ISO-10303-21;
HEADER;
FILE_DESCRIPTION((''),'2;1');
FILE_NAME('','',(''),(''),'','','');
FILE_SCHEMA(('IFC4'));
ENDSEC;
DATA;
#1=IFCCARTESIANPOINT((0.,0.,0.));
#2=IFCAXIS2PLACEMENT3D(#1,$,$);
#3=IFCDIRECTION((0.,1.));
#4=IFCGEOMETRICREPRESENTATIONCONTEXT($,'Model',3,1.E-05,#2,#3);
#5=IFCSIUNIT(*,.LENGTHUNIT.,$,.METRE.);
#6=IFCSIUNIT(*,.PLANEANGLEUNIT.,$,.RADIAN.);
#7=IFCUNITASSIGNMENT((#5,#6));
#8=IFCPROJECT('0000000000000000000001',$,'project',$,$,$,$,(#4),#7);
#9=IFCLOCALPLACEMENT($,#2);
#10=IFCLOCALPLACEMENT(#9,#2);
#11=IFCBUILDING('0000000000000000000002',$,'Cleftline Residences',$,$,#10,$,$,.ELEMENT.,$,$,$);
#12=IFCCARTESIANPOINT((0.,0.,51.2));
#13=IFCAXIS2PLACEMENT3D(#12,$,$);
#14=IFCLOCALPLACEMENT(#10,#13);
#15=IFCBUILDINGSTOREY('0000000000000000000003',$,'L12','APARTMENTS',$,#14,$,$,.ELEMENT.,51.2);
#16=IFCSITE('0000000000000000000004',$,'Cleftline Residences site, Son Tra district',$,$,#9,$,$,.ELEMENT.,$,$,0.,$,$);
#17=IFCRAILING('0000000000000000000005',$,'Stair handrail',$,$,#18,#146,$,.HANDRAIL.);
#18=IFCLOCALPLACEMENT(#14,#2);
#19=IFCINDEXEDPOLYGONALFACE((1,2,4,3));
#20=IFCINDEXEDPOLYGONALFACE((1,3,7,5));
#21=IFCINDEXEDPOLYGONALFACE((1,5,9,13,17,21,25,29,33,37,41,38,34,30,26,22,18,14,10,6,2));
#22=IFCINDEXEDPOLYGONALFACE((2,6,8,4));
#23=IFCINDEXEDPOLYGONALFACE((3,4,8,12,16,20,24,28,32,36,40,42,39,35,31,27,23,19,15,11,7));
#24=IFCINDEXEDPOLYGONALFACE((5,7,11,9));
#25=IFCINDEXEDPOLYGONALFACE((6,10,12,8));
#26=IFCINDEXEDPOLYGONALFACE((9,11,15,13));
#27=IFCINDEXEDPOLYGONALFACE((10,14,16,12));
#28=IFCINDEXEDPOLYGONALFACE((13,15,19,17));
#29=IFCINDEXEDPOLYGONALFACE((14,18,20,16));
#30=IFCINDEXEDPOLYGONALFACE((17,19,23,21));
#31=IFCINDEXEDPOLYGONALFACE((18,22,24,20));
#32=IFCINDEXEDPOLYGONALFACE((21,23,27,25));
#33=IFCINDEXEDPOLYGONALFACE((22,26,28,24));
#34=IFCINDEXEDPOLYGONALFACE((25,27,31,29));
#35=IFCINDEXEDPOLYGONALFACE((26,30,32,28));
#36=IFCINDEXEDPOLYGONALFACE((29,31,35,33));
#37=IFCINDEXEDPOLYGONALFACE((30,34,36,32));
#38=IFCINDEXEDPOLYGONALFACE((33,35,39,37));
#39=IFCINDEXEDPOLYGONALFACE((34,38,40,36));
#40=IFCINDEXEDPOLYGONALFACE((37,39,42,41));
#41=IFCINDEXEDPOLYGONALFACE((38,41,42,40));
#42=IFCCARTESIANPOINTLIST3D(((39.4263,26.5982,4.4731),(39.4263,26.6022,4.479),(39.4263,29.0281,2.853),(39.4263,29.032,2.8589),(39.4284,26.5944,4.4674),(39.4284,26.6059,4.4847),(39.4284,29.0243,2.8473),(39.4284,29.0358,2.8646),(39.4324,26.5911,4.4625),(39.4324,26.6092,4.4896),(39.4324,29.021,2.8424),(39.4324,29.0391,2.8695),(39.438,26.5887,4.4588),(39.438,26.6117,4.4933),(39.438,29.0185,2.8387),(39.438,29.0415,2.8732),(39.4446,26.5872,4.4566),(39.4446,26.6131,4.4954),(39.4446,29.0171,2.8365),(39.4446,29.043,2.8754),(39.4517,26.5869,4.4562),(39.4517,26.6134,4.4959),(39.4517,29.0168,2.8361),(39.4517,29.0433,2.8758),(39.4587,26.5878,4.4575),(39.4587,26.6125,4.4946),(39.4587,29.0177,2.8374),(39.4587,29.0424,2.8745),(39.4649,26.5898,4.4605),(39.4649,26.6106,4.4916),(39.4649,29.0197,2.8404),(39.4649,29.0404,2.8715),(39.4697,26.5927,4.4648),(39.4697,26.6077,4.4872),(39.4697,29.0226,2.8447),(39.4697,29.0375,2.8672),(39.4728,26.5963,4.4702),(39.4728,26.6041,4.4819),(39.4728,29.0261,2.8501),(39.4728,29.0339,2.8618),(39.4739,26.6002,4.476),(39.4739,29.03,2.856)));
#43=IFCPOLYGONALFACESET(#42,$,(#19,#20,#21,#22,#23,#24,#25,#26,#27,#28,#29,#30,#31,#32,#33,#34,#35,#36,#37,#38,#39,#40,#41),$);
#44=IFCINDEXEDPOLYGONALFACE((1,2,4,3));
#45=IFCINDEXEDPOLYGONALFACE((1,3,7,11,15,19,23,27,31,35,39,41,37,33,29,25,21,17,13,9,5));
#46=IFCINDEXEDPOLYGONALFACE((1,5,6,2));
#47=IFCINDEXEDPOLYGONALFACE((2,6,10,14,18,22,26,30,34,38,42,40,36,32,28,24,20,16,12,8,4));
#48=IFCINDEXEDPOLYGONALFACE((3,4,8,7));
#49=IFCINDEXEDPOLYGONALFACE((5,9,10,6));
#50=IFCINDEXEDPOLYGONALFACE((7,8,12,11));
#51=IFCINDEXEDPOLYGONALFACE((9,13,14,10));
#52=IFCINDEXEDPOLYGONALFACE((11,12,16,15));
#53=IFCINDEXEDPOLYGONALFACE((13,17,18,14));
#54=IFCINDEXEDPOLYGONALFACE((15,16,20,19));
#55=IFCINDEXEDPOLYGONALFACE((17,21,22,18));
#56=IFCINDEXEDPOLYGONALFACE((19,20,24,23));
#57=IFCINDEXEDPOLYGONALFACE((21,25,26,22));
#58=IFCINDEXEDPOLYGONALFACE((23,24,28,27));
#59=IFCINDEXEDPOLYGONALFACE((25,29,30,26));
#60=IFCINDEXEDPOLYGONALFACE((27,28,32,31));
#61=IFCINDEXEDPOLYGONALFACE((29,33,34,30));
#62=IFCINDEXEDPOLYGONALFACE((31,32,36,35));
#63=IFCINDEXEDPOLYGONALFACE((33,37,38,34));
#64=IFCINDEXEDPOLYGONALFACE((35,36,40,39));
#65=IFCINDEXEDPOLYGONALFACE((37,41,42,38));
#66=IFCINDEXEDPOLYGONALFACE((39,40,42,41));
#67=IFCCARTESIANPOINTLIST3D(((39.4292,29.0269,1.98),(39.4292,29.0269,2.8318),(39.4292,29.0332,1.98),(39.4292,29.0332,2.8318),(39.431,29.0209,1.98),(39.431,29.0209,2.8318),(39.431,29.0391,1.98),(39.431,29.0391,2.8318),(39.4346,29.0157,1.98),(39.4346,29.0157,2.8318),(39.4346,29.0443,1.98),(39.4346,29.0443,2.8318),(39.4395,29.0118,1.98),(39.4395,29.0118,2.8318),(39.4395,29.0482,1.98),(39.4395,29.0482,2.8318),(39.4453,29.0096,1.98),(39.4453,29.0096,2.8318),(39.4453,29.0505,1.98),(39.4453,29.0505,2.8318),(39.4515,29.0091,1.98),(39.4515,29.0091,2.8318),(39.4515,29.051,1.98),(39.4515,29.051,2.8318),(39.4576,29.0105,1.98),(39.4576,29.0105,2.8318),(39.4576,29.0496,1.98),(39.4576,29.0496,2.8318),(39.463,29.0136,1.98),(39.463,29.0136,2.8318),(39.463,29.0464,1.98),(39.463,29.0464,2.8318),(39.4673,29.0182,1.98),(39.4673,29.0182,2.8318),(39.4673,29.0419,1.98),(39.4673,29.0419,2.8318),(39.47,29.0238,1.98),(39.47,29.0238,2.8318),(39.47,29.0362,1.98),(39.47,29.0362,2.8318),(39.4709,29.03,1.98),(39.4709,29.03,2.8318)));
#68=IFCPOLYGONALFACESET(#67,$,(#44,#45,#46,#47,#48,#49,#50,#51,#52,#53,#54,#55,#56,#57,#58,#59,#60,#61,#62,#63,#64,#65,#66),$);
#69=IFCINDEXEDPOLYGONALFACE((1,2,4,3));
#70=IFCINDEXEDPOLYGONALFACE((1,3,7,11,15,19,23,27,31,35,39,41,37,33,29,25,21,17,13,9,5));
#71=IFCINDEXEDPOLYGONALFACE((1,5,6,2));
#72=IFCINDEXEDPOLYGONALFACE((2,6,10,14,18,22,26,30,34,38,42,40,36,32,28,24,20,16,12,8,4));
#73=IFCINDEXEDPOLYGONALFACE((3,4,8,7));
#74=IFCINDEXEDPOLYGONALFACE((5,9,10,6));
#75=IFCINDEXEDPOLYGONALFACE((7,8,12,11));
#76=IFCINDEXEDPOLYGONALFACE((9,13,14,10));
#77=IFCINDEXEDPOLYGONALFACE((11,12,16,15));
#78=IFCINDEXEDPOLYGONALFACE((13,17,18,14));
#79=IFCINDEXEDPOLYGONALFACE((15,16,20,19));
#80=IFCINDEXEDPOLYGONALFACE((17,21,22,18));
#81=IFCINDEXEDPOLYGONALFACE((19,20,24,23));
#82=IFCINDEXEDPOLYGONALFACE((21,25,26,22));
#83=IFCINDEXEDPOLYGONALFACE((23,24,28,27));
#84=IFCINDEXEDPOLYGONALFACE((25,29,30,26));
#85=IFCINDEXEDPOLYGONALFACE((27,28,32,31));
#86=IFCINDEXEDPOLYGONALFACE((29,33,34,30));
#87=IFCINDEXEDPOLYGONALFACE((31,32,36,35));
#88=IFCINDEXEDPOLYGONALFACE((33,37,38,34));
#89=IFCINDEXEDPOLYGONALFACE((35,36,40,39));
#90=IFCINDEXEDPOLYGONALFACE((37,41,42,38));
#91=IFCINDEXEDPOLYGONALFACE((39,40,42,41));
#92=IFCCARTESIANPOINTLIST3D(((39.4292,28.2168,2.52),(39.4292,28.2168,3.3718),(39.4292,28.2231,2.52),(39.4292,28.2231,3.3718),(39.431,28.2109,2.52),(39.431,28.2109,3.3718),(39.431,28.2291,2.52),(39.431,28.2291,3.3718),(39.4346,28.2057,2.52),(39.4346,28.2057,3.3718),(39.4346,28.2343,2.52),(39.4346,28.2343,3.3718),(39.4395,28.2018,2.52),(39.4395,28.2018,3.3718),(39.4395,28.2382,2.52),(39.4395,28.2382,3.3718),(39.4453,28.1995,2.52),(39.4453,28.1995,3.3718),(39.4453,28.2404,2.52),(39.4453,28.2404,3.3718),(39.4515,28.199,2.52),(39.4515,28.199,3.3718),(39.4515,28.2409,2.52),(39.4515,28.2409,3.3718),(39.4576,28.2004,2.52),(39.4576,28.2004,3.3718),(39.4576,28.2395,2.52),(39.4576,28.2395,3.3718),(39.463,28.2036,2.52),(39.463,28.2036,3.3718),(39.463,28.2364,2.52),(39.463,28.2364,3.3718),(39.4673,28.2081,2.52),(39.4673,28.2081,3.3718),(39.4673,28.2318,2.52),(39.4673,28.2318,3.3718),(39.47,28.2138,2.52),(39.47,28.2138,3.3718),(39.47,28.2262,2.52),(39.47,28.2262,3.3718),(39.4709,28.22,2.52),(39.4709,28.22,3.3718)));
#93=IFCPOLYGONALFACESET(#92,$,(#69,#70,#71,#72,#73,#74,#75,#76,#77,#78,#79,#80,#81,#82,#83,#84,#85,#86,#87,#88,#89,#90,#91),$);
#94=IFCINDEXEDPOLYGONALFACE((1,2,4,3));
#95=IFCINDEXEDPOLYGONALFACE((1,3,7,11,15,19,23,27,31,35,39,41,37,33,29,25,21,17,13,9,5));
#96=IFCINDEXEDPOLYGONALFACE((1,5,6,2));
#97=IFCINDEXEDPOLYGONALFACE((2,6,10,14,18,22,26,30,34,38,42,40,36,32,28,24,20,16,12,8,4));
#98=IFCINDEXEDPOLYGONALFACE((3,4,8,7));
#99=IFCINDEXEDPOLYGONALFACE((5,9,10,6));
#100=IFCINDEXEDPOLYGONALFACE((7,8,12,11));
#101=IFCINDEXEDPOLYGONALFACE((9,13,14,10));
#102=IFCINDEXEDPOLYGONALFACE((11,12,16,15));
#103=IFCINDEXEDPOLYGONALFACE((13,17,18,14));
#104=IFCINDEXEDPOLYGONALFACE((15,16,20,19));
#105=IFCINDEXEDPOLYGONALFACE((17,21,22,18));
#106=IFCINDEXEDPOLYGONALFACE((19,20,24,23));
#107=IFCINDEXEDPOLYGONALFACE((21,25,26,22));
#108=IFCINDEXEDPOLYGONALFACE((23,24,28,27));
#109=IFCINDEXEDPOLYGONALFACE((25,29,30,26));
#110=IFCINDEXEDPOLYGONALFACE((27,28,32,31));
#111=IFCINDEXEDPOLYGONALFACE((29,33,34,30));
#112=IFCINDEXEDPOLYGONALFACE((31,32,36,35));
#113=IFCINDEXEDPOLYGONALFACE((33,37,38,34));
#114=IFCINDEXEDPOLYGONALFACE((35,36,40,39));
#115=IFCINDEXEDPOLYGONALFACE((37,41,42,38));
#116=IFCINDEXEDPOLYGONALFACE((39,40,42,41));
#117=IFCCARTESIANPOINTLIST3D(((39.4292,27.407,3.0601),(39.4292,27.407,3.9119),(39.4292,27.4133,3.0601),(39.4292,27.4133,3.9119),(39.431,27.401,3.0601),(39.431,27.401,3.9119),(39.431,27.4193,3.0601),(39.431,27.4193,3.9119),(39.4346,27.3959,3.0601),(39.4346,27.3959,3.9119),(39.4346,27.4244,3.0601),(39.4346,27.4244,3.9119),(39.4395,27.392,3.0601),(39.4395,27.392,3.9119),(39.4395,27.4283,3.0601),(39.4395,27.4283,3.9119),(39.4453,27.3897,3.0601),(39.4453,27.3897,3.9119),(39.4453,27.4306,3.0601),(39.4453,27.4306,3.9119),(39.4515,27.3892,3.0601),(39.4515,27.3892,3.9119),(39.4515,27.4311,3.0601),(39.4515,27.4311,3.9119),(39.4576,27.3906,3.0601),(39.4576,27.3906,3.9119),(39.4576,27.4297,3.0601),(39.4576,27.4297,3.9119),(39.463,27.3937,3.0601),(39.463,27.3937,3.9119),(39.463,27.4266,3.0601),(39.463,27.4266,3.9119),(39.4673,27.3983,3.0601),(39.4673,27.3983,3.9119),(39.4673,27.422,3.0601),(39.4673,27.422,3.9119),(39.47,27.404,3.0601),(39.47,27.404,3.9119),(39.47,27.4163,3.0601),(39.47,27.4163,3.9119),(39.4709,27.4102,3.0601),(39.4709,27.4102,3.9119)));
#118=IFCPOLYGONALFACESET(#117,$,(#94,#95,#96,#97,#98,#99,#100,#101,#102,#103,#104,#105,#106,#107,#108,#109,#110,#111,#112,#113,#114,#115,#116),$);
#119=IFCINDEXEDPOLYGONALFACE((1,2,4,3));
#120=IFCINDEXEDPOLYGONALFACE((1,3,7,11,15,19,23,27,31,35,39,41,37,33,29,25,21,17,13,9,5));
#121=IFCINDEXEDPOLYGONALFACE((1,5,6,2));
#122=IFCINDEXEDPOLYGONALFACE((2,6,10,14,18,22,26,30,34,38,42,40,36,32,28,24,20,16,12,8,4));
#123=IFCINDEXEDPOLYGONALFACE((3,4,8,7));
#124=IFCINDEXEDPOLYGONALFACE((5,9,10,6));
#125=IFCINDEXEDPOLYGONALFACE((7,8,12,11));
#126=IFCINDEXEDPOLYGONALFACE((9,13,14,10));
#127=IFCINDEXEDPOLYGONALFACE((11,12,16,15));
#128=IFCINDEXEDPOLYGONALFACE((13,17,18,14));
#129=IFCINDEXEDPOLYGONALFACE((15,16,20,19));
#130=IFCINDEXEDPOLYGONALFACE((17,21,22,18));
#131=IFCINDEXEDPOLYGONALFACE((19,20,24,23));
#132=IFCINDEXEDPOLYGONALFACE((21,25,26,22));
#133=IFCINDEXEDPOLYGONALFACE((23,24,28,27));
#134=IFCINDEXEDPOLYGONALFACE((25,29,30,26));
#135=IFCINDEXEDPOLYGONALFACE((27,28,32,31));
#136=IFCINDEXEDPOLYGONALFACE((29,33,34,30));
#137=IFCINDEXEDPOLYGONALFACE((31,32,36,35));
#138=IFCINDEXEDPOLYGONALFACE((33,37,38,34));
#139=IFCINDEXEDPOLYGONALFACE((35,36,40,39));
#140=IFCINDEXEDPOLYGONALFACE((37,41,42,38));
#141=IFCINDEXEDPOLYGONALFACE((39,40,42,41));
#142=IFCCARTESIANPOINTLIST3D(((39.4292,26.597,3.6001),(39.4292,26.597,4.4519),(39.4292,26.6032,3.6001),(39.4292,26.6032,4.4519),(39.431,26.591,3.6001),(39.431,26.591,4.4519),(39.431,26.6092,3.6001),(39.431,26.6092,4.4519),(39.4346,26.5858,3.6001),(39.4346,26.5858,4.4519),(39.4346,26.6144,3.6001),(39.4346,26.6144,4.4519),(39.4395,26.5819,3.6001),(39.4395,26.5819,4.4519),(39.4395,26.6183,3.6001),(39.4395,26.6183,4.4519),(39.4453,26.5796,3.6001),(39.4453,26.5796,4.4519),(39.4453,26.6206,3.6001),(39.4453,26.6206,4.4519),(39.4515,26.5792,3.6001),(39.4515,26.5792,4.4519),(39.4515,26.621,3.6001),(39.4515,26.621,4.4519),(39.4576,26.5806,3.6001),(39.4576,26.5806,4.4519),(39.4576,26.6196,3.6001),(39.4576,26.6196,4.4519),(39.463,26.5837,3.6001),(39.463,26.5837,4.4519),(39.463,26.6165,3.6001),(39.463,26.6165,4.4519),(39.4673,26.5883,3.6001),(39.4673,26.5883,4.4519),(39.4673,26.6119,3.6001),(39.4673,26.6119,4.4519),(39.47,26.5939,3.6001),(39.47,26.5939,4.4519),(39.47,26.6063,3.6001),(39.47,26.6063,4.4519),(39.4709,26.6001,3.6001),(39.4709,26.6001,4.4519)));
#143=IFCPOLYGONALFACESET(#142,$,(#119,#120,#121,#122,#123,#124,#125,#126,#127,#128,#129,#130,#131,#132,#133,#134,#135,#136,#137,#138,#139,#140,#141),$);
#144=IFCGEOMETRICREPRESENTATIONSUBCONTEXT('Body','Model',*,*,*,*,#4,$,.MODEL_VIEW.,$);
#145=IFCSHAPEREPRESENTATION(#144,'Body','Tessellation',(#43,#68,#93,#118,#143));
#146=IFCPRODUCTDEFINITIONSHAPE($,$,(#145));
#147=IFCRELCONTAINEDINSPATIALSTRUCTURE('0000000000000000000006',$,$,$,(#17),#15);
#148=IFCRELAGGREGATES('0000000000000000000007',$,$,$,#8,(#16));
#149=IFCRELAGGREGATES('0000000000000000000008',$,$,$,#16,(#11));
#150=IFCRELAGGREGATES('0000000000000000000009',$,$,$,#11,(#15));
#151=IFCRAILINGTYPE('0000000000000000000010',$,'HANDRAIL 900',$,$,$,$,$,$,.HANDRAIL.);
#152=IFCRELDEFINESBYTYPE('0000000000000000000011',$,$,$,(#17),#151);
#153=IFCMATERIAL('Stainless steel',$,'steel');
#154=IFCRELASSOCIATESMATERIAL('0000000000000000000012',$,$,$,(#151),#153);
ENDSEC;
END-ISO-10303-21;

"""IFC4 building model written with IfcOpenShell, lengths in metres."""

from ifc_helpers import new_model, si_unit, direction, frame, origin, origin_2d, place, context, subcontext, project, spatial, circle, extrude, material, type_object, element, save


model = new_model("IFC4")

# Units and contexts
model_context = context("Model", 3, precision=1e-05, world=origin(), true_north=direction((0.0, 1.0)))
body_context = subcontext(model_context, "Body", "Model", "MODEL_VIEW")
ifc_project = project(units=[si_unit("LENGTHUNIT", "METRE"), si_unit("PLANEANGLEUNIT", "RADIAN")], contexts=[model_context])

# Site, building, storey
site_placement = place(None, origin())
site = spatial("IfcSite", under=ifc_project, at=site_placement, Name="Cleftline Residences site, Son Tra district", CompositionType="ELEMENT", RefElevation=0.0)
building_placement = place(site_placement, origin())
building = spatial("IfcBuilding", under=site, at=building_placement, Name="Cleftline Residences", CompositionType="ELEMENT")
storey_placement = place(building_placement, frame((0.0, 0.0, 51.2)))
storey = spatial("IfcBuildingStorey", under=building, at=storey_placement, Name="L12", Description="APARTMENTS", CompositionType="ELEMENT", Elevation=51.2)

# Railing
ifc_material_1 = material(Name="Stainless steel", Category="steel")
railing_type = type_object("IfcRailingType", Name="HANDRAIL 900", PredefinedType="HANDRAIL", material=ifc_material_1)
railing_1_placement = place(storey_placement, frame((39.45, 29.03, 1.98)))
element("IfcRailing", 1, at=railing_1_placement, inside=storey, type_object=railing_type, Name="Stair handrail", PredefinedType="HANDRAIL", context=body_context, shape_type="SweptSolid", body=[
    extrude(circle(Radius=0.0239, at=origin_2d()), frame((0.0, 0.0, 0.876), z_axis=(0.0, -0.832025, 0.554739), x_axis=(1.0, 0.0, 0.0)), (0.0, 0.0, 1.0), 2.9204),
    extrude(circle(Radius=0.021, at=origin_2d()), origin(), (0.0, 0.0, 1.0), 0.8518),
    extrude(circle(Radius=0.021, at=origin_2d()), frame((0.0, -0.8101, 0.54)), (0.0, 0.0, 1.0), 0.8518),
    extrude(circle(Radius=0.021, at=origin_2d()), frame((0.0, -1.6199, 1.0801)), (0.0, 0.0, 1.0), 0.8518),
    extrude(circle(Radius=0.021, at=origin_2d()), frame((0.0, -2.4299, 1.6201)), (0.0, 0.0, 1.0), 0.8518),
])

save(model, "model.ifc")
